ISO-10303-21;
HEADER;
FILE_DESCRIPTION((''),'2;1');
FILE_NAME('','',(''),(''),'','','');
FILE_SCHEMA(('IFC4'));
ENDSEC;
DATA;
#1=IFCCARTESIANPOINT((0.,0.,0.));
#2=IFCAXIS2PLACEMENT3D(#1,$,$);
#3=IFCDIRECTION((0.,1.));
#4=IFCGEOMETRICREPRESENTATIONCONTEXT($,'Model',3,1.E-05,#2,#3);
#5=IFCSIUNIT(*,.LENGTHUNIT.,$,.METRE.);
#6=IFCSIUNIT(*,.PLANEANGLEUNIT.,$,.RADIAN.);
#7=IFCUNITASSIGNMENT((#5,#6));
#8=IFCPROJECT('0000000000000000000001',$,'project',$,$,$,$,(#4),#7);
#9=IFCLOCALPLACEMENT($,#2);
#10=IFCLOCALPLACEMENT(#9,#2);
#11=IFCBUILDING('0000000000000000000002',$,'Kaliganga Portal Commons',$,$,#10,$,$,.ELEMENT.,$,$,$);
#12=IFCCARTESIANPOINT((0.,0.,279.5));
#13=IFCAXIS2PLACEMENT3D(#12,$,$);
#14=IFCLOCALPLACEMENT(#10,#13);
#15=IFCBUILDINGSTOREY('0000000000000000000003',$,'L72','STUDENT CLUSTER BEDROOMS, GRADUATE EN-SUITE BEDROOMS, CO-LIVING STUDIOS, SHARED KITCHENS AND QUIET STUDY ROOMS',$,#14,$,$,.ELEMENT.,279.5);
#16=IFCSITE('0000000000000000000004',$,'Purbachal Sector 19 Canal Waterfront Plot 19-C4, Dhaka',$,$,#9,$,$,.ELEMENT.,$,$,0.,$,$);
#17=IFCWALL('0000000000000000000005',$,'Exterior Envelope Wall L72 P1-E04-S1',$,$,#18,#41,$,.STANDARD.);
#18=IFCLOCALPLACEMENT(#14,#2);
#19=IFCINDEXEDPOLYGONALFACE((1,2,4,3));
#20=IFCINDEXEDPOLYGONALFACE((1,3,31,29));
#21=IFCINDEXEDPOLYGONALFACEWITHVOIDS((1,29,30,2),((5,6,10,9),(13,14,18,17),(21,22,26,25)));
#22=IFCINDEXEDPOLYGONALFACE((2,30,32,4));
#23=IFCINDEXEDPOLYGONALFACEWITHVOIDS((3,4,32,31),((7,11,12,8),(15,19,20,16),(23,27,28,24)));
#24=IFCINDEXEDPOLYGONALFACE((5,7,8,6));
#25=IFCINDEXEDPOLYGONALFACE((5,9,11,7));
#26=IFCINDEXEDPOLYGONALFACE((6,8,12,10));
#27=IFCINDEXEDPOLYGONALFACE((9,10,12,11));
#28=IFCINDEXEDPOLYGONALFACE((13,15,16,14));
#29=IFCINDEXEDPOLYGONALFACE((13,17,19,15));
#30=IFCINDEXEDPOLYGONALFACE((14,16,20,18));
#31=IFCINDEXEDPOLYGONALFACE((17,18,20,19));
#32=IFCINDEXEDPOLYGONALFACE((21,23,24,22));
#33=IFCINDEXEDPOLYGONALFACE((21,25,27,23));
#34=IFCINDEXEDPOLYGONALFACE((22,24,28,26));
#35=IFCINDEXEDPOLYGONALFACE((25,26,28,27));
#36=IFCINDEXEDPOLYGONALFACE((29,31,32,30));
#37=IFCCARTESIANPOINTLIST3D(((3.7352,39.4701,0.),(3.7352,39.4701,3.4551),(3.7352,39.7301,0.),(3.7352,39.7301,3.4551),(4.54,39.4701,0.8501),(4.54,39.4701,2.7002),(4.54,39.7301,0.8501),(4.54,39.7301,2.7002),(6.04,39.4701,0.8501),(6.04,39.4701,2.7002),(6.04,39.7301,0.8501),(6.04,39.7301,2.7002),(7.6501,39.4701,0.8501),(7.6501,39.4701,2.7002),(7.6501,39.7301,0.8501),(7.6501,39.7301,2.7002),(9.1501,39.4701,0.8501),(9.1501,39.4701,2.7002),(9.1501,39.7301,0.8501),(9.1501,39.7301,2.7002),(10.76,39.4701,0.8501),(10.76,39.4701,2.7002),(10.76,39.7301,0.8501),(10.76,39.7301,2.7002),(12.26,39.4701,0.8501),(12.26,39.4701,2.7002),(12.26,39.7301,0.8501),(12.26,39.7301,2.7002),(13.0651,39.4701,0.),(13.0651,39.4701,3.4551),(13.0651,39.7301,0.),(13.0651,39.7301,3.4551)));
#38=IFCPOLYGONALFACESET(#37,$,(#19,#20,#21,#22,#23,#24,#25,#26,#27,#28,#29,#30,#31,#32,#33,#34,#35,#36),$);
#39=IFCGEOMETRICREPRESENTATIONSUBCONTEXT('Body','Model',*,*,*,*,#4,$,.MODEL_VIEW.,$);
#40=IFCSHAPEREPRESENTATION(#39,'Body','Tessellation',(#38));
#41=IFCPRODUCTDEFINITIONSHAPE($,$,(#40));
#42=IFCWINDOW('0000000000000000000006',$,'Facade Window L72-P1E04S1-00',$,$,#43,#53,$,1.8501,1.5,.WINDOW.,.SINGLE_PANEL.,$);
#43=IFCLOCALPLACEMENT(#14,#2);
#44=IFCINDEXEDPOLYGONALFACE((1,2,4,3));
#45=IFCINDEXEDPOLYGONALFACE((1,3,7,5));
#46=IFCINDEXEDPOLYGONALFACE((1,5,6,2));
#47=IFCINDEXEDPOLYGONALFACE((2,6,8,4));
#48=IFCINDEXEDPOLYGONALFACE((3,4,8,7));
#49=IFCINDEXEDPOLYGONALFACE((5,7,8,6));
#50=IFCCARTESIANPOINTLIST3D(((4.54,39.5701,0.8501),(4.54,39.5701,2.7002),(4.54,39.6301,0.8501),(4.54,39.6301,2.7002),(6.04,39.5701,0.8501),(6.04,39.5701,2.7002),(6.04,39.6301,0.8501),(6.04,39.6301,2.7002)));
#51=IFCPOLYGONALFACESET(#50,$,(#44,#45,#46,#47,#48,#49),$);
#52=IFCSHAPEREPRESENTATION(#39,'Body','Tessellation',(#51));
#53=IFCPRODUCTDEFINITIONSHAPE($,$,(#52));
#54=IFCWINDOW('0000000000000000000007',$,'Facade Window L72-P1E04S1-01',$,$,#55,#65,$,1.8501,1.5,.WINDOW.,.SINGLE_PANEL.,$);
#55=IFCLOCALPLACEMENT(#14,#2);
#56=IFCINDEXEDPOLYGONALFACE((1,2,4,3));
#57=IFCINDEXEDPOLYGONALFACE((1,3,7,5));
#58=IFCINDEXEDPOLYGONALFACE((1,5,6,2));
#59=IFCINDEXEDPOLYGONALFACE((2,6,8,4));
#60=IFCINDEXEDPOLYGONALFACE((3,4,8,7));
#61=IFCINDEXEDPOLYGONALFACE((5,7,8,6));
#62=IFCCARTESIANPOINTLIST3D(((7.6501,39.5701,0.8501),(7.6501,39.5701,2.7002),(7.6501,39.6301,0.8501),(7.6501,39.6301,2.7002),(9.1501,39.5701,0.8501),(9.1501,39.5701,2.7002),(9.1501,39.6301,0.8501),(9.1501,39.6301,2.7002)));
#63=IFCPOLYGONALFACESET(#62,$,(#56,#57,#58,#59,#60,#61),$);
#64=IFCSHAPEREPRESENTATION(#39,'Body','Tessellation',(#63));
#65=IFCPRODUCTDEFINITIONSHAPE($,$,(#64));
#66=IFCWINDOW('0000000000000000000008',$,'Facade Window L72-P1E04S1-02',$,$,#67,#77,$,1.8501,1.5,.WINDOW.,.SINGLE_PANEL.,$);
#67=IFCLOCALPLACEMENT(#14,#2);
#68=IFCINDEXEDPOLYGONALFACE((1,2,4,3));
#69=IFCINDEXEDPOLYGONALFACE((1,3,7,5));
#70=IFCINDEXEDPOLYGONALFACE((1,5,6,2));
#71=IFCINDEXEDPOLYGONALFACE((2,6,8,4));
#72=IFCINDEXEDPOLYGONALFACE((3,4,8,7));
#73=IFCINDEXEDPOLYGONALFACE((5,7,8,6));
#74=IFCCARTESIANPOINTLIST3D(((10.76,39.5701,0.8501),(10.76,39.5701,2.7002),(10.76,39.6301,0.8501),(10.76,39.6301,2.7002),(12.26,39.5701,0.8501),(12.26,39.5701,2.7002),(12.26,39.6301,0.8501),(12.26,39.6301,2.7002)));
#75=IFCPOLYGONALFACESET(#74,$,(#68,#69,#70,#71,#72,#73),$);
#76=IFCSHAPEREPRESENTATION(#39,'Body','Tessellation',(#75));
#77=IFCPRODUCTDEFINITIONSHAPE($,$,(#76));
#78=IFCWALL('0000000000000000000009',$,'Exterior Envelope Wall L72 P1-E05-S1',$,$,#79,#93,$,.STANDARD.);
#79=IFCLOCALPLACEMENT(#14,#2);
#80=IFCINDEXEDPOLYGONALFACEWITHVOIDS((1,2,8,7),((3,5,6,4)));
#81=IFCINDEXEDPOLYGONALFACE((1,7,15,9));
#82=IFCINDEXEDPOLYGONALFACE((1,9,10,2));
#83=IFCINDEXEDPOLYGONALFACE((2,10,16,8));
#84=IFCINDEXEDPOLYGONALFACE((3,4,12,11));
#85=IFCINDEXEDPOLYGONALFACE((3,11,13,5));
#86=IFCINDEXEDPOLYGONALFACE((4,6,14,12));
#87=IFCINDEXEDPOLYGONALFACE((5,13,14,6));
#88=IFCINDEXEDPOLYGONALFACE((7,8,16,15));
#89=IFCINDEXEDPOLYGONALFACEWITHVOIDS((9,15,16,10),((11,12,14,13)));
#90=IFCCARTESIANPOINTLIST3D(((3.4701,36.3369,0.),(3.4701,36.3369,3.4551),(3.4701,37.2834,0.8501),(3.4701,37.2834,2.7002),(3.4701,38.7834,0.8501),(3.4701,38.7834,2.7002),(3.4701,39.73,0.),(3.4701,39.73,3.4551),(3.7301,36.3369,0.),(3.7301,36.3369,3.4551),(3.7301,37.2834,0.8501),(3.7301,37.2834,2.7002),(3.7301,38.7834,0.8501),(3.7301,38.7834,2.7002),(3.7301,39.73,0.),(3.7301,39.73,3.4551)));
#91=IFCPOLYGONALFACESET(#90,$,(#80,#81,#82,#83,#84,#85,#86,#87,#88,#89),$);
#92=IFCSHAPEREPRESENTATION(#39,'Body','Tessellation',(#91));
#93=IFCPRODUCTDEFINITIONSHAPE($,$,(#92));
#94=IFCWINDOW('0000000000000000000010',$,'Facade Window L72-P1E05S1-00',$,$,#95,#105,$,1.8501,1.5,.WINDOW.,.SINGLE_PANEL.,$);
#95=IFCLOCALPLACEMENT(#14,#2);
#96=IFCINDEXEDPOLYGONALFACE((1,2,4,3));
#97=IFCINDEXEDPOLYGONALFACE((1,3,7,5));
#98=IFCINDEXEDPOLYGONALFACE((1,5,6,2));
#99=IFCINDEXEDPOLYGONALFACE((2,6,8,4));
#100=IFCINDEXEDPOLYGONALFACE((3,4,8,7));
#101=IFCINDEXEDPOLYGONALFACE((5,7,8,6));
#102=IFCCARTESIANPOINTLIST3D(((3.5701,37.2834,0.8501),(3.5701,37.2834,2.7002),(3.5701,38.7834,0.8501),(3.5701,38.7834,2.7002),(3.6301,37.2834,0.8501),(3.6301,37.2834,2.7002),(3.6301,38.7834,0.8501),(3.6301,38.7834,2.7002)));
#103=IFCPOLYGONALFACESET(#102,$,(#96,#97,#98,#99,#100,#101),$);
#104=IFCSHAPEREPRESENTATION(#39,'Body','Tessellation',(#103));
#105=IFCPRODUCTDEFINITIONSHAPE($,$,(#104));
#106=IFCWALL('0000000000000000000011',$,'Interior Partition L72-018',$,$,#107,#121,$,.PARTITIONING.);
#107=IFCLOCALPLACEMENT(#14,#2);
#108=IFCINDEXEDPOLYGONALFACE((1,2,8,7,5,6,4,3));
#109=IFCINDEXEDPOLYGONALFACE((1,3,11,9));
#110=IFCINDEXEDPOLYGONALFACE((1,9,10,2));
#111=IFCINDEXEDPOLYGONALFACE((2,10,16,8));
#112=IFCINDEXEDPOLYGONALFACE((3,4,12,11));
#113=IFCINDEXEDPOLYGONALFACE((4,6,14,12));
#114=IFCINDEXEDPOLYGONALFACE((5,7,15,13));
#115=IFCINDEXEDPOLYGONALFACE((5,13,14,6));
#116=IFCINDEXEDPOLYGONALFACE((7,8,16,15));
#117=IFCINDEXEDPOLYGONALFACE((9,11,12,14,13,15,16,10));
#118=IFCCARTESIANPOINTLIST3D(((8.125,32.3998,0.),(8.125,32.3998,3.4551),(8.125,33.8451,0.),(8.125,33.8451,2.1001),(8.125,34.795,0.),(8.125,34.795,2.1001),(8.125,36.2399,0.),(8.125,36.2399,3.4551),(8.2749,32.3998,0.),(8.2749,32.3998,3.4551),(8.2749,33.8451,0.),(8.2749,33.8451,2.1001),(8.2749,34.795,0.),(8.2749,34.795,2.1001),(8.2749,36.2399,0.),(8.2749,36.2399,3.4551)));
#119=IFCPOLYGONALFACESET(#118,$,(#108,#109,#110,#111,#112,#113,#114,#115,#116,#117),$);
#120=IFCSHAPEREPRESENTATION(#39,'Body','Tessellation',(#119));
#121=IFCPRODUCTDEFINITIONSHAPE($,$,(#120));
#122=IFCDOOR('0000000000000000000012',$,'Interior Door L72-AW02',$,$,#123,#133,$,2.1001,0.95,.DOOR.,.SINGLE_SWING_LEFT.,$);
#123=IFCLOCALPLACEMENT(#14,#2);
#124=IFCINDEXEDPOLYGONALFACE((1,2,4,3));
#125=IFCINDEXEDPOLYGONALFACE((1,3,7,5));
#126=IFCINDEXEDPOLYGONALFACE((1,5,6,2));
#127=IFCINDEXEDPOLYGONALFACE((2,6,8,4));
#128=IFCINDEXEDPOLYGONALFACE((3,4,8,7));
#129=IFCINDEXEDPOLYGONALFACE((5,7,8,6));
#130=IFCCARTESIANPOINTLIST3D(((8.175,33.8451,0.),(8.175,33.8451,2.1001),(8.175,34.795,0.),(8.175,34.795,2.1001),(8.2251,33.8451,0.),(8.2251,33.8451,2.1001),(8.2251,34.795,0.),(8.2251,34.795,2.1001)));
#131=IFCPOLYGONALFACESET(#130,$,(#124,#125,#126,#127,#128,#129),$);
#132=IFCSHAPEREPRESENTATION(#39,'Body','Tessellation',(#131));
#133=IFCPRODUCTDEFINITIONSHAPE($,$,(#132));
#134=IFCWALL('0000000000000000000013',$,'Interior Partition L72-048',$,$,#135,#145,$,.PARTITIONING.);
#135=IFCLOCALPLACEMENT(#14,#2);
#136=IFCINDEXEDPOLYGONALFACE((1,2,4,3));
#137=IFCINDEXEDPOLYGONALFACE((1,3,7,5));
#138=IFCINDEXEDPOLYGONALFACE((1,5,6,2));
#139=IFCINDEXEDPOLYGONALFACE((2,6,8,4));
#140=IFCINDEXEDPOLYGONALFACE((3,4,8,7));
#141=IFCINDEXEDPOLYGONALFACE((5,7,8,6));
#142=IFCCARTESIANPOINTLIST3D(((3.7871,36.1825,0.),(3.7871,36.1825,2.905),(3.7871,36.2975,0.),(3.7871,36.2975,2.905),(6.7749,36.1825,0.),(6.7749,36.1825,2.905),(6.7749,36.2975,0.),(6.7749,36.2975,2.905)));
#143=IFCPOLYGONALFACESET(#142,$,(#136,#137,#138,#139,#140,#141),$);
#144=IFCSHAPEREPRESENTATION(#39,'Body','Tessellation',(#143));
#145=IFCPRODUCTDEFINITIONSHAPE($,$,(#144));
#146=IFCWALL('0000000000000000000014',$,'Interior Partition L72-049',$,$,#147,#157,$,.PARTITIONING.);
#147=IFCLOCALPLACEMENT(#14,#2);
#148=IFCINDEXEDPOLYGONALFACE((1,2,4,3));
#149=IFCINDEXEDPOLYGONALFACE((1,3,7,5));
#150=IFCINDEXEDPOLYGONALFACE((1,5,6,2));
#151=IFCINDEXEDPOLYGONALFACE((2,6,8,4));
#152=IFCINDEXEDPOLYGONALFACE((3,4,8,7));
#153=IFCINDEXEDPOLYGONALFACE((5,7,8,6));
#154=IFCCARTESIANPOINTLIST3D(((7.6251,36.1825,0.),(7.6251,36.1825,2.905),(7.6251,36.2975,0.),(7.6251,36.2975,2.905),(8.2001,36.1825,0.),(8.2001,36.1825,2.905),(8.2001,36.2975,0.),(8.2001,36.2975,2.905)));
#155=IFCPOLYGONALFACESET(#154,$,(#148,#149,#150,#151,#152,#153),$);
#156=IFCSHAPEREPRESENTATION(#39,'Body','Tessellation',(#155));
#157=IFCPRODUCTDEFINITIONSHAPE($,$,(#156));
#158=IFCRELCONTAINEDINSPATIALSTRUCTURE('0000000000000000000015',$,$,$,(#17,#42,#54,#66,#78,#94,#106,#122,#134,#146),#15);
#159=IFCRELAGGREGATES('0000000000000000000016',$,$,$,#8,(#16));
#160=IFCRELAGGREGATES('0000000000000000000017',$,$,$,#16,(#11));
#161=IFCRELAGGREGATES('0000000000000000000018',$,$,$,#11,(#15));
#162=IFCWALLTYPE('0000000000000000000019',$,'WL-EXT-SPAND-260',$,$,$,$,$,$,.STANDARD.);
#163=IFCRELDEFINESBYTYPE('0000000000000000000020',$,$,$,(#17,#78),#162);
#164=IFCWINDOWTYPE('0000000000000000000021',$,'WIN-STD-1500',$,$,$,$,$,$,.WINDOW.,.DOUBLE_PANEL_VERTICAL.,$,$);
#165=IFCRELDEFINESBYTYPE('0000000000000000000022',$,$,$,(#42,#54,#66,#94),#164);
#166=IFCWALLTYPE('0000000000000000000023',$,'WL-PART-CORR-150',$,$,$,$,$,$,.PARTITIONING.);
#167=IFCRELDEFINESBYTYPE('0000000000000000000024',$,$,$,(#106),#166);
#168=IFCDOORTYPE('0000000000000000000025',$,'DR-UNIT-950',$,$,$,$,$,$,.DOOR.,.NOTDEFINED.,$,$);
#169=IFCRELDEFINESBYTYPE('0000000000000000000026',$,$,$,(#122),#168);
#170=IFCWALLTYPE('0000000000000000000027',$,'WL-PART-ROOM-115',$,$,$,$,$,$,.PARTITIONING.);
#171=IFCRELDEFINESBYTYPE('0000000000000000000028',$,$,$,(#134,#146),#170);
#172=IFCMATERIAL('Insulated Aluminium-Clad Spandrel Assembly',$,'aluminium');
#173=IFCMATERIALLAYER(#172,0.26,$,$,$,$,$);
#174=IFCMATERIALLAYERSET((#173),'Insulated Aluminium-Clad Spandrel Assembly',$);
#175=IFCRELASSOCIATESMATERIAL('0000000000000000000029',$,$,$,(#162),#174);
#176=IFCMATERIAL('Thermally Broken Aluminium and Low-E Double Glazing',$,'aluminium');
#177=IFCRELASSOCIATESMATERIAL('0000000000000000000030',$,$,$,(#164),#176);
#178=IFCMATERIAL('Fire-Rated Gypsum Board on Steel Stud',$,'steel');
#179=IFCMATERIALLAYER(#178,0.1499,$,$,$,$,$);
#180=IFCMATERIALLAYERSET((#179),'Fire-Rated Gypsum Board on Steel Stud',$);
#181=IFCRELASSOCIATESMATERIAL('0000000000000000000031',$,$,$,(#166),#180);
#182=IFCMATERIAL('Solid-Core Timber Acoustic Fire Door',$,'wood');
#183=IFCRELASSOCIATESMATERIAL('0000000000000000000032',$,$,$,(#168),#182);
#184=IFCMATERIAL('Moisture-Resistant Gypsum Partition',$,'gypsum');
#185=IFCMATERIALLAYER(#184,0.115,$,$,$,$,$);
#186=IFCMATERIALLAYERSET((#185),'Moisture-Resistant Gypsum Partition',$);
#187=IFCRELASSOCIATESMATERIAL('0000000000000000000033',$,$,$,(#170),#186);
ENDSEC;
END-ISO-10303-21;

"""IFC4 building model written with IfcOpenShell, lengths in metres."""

from ifc_helpers import new_model, si_unit, direction, frame, frame_2d, origin, place, context, subcontext, project, spatial, rectangle, extrude, material, layer, layer_set, type_object, element, fill, save


model = new_model("IFC4")

# Units and contexts
model_context = context("Model", 3, precision=1e-05, world=origin(), true_north=direction((0.0, 1.0)))
body_context = subcontext(model_context, "Body", "Model", "MODEL_VIEW")
ifc_project = project(units=[si_unit("LENGTHUNIT", "METRE"), si_unit("PLANEANGLEUNIT", "RADIAN")], contexts=[model_context])

# Site, building, storey
site_placement = place(None, origin())
site = spatial("IfcSite", under=ifc_project, at=site_placement, Name="Purbachal Sector 19 Canal Waterfront Plot 19-C4, Dhaka", CompositionType="ELEMENT", RefElevation=0.0)
building_placement = place(site_placement, origin())
building = spatial("IfcBuilding", under=site, at=building_placement, Name="Kaliganga Portal Commons", CompositionType="ELEMENT")
storey_placement = place(building_placement, frame((0.0, 0.0, 279.5)))
storey = spatial("IfcBuildingStorey", under=building, at=storey_placement, Name="L72", Description="STUDENT CLUSTER BEDROOMS, GRADUATE EN-SUITE BEDROOMS, CO-LIVING STUDIOS, SHARED KITCHENS AND QUIET STUDY ROOMS", CompositionType="ELEMENT", Elevation=279.5)

# Wall, openings, windows
ifc_material_1 = material(Name="Insulated Aluminium-Clad Spandrel Assembly", Category="aluminium")
ifc_layer_1 = layer(ifc_material_1, 0.26)
ifc_layer_set_1 = layer_set([ifc_layer_1], Name="Insulated Aluminium-Clad Spandrel Assembly")
wall_type_1 = type_object("IfcWallType", Name="WL-EXT-SPAND-260", PredefinedType="STANDARD", material=ifc_layer_set_1)
wall_1_placement = place(storey_placement, frame((3.7351, 39.6001, 0.0), z_axis=(0.0, 0.0, 1.0), x_axis=(1.0, 0.0, 0.0)))
wall_1 = element("IfcWall", 1, at=wall_1_placement, inside=storey, type_object=wall_type_1, Name="Exterior Envelope Wall L72 P1-E04-S1", PredefinedType="STANDARD", context=body_context, shape_type="SweptSolid", body=[
    extrude(rectangle(XDim=9.3298, YDim=0.26, at=frame_2d((4.665, 0.0))), origin(), (0.0, 0.0, 1.0), 3.4551),
])
opening_1_placement = place(wall_1_placement, frame((0.8049, 0.0, 0.8501)))
opening_1 = element("IfcOpeningElement", 2, at=opening_1_placement, cuts=wall_1, PredefinedType="OPENING", context=body_context, shape_type="SweptSolid", body=[
    extrude(rectangle(XDim=1.5, YDim=1.8501, at=frame_2d((0.75, 0.925))), frame((0.0, 0.1401, 0.0), z_axis=(0.0, -1.0, 0.0), x_axis=(1.0, 0.0, 0.0)), (0.0, 0.0, 1.0), 0.28),
])
opening_2_placement = place(wall_1_placement, frame((3.915, 0.0, 0.8501)))
opening_2 = element("IfcOpeningElement", 3, at=opening_2_placement, cuts=wall_1, PredefinedType="OPENING", context=body_context, shape_type="SweptSolid", body=[
    extrude(rectangle(XDim=1.5, YDim=1.8501, at=frame_2d((0.75, 0.925))), frame((0.0, 0.1401, 0.0), z_axis=(0.0, -1.0, 0.0), x_axis=(1.0, 0.0, 0.0)), (0.0, 0.0, 1.0), 0.28),
])
opening_3_placement = place(wall_1_placement, frame((7.0249, 0.0, 0.8501)))
opening_3 = element("IfcOpeningElement", 4, at=opening_3_placement, cuts=wall_1, PredefinedType="OPENING", context=body_context, shape_type="SweptSolid", body=[
    extrude(rectangle(XDim=1.5, YDim=1.8501, at=frame_2d((0.75, 0.925))), frame((0.0, 0.1401, 0.0), z_axis=(0.0, -1.0, 0.0), x_axis=(1.0, 0.0, 0.0)), (0.0, 0.0, 1.0), 0.28),
])
ifc_material_2 = material(Name="Thermally Broken Aluminium and Low-E Double Glazing", Category="aluminium")
window_type = type_object("IfcWindowType", Name="WIN-STD-1500", PartitioningType="DOUBLE_PANEL_VERTICAL", PredefinedType="WINDOW", material=ifc_material_2)
window_1_placement = place(opening_1_placement, origin())
window_1 = element("IfcWindow", 5, at=window_1_placement, inside=storey, type_object=window_type, Name="Facade Window L72-P1E04S1-00", OverallHeight=1.8501, OverallWidth=1.5, PartitioningType="SINGLE_PANEL", PredefinedType="WINDOW", context=body_context, shape_type="SweptSolid", body=[
    extrude(rectangle(XDim=1.5, YDim=1.8501, at=frame_2d((0.75, 0.925))), frame((0.0, 0.03, 0.0), z_axis=(0.0, -1.0, 0.0), x_axis=(1.0, 0.0, 0.0)), (0.0, 0.0, 1.0), 0.0601),
])
fill(opening_1, window_1)
window_2_placement = place(opening_2_placement, origin())
window_2 = element("IfcWindow", 6, at=window_2_placement, inside=storey, type_object=window_type, Name="Facade Window L72-P1E04S1-01", OverallHeight=1.8501, OverallWidth=1.5, PartitioningType="SINGLE_PANEL", PredefinedType="WINDOW", context=body_context, shape_type="SweptSolid", body=[
    extrude(rectangle(XDim=1.5, YDim=1.8501, at=frame_2d((0.75, 0.925))), frame((0.0, 0.03, 0.0), z_axis=(0.0, -1.0, 0.0), x_axis=(1.0, 0.0, 0.0)), (0.0, 0.0, 1.0), 0.0601),
])
fill(opening_2, window_2)
window_3_placement = place(opening_3_placement, origin())
window_3 = element("IfcWindow", 7, at=window_3_placement, inside=storey, type_object=window_type, Name="Facade Window L72-P1E04S1-02", OverallHeight=1.8501, OverallWidth=1.5, PartitioningType="SINGLE_PANEL", PredefinedType="WINDOW", context=body_context, shape_type="SweptSolid", body=[
    extrude(rectangle(XDim=1.5, YDim=1.8501, at=frame_2d((0.75, 0.925))), frame((0.0, 0.03, 0.0), z_axis=(0.0, -1.0, 0.0), x_axis=(1.0, 0.0, 0.0)), (0.0, 0.0, 1.0), 0.0601),
])
fill(opening_3, window_3)

# Wall, opening, window
wall_2_placement = place(storey_placement, frame((3.6001, 36.3369, 0.0), z_axis=(0.0, 0.0, 1.0), x_axis=(0.0, 1.0, 0.0)))
wall_2 = element("IfcWall", 8, at=wall_2_placement, inside=storey, type_object=wall_type_1, Name="Exterior Envelope Wall L72 P1-E05-S1", PredefinedType="STANDARD", context=body_context, shape_type="SweptSolid", body=[
    extrude(rectangle(XDim=3.3931, YDim=0.26, at=frame_2d((1.6965, 0.0))), origin(), (0.0, 0.0, 1.0), 3.4551),
])
opening_4_placement = place(wall_2_placement, frame((0.9465, 0.0, 0.8501)))
opening_4 = element("IfcOpeningElement", 9, at=opening_4_placement, cuts=wall_2, PredefinedType="OPENING", context=body_context, shape_type="SweptSolid", body=[
    extrude(rectangle(XDim=1.5, YDim=1.8501, at=frame_2d((0.75, 0.925))), frame((0.0, 0.1401, 0.0), z_axis=(0.0, -1.0, 0.0), x_axis=(1.0, 0.0, 0.0)), (0.0, 0.0, 1.0), 0.28),
])
window_4_placement = place(opening_4_placement, origin())
window_4 = element("IfcWindow", 10, at=window_4_placement, inside=storey, type_object=window_type, Name="Facade Window L72-P1E05S1-00", OverallHeight=1.8501, OverallWidth=1.5, PartitioningType="SINGLE_PANEL", PredefinedType="WINDOW", context=body_context, shape_type="SweptSolid", body=[
    extrude(rectangle(XDim=1.5, YDim=1.8501, at=frame_2d((0.75, 0.925))), frame((0.0, 0.03, 0.0), z_axis=(0.0, -1.0, 0.0), x_axis=(1.0, 0.0, 0.0)), (0.0, 0.0, 1.0), 0.0601),
])
fill(opening_4, window_4)

# Wall, opening, door
ifc_material_3 = material(Name="Fire-Rated Gypsum Board on Steel Stud", Category="steel")
ifc_layer_2 = layer(ifc_material_3, 0.1499)
ifc_layer_set_2 = layer_set([ifc_layer_2], Name="Fire-Rated Gypsum Board on Steel Stud")
wall_type_2 = type_object("IfcWallType", Name="WL-PART-CORR-150", PredefinedType="PARTITIONING", material=ifc_layer_set_2)
wall_3_placement = place(storey_placement, frame((8.2, 32.3999, 0.0), z_axis=(0.0, 0.0, 1.0), x_axis=(0.0, 1.0, 0.0)))
wall_3 = element("IfcWall", 11, at=wall_3_placement, inside=storey, type_object=wall_type_2, Name="Interior Partition L72-018", PredefinedType="PARTITIONING", context=body_context, shape_type="SweptSolid", body=[
    extrude(rectangle(XDim=3.8401, YDim=0.1499, at=frame_2d((1.9199, 0.0))), origin(), (0.0, 0.0, 1.0), 3.4551),
])
opening_5_placement = place(wall_3_placement, frame((1.4451, 0.0, 0.0)))
opening_5 = element("IfcOpeningElement", 12, at=opening_5_placement, cuts=wall_3, PredefinedType="OPENING", context=body_context, shape_type="SweptSolid", body=[
    extrude(rectangle(XDim=0.95, YDim=2.1001, at=frame_2d((0.4751, 1.05))), frame((0.0, 0.085, 0.0), z_axis=(0.0, -1.0, 0.0), x_axis=(1.0, 0.0, 0.0)), (0.0, 0.0, 1.0), 0.1699),
])
ifc_material_4 = material(Name="Solid-Core Timber Acoustic Fire Door", Category="wood")
door_type_1 = type_object("IfcDoorType", Name="DR-UNIT-950", OperationType="NOTDEFINED", PredefinedType="DOOR", material=ifc_material_4)
door_1_placement = place(opening_5_placement, origin())
door_1 = element("IfcDoor", 13, at=door_1_placement, inside=storey, type_object=door_type_1, Name="Interior Door L72-AW02", OperationType="SINGLE_SWING_LEFT", OverallHeight=2.1001, OverallWidth=0.95, PredefinedType="DOOR", context=body_context, shape_type="SweptSolid", body=[
    extrude(rectangle(XDim=0.95, YDim=2.1001, at=frame_2d((0.4751, 1.05))), frame((0.0, 0.0249, 0.0), z_axis=(0.0, -1.0, 0.0), x_axis=(1.0, 0.0, 0.0)), (0.0, 0.0, 1.0), 0.05),
])
fill(opening_5, door_1)

# Walls
ifc_material_5 = material(Name="Moisture-Resistant Gypsum Partition", Category="gypsum")
ifc_layer_3 = layer(ifc_material_5, 0.115)
ifc_layer_set_3 = layer_set([ifc_layer_3], Name="Moisture-Resistant Gypsum Partition")
wall_type_3 = type_object("IfcWallType", Name="WL-PART-ROOM-115", PredefinedType="PARTITIONING", material=ifc_layer_set_3)
wall_4_placement = place(storey_placement, frame((3.7871, 36.24, 0.0), z_axis=(0.0, 0.0, 1.0), x_axis=(1.0, 0.0, 0.0)))
element("IfcWall", 14, at=wall_4_placement, inside=storey, type_object=wall_type_3, Name="Interior Partition L72-048", PredefinedType="PARTITIONING", context=body_context, shape_type="SweptSolid", body=[
    extrude(rectangle(XDim=2.9878, YDim=0.115, at=frame_2d((1.4939, 0.0))), origin(), (0.0, 0.0, 1.0), 2.905),
])
wall_5_placement = place(storey_placement, frame((7.625, 36.24, 0.0), z_axis=(0.0, 0.0, 1.0), x_axis=(1.0, 0.0, 0.0)))
element("IfcWall", 15, at=wall_5_placement, inside=storey, type_object=wall_type_3, Name="Interior Partition L72-049", PredefinedType="PARTITIONING", context=body_context, shape_type="SweptSolid", body=[
    extrude(rectangle(XDim=0.575, YDim=0.115, at=frame_2d((0.2876, 0.0))), origin(), (0.0, 0.0, 1.0), 2.905),
])

save(model, "model.ifc")
